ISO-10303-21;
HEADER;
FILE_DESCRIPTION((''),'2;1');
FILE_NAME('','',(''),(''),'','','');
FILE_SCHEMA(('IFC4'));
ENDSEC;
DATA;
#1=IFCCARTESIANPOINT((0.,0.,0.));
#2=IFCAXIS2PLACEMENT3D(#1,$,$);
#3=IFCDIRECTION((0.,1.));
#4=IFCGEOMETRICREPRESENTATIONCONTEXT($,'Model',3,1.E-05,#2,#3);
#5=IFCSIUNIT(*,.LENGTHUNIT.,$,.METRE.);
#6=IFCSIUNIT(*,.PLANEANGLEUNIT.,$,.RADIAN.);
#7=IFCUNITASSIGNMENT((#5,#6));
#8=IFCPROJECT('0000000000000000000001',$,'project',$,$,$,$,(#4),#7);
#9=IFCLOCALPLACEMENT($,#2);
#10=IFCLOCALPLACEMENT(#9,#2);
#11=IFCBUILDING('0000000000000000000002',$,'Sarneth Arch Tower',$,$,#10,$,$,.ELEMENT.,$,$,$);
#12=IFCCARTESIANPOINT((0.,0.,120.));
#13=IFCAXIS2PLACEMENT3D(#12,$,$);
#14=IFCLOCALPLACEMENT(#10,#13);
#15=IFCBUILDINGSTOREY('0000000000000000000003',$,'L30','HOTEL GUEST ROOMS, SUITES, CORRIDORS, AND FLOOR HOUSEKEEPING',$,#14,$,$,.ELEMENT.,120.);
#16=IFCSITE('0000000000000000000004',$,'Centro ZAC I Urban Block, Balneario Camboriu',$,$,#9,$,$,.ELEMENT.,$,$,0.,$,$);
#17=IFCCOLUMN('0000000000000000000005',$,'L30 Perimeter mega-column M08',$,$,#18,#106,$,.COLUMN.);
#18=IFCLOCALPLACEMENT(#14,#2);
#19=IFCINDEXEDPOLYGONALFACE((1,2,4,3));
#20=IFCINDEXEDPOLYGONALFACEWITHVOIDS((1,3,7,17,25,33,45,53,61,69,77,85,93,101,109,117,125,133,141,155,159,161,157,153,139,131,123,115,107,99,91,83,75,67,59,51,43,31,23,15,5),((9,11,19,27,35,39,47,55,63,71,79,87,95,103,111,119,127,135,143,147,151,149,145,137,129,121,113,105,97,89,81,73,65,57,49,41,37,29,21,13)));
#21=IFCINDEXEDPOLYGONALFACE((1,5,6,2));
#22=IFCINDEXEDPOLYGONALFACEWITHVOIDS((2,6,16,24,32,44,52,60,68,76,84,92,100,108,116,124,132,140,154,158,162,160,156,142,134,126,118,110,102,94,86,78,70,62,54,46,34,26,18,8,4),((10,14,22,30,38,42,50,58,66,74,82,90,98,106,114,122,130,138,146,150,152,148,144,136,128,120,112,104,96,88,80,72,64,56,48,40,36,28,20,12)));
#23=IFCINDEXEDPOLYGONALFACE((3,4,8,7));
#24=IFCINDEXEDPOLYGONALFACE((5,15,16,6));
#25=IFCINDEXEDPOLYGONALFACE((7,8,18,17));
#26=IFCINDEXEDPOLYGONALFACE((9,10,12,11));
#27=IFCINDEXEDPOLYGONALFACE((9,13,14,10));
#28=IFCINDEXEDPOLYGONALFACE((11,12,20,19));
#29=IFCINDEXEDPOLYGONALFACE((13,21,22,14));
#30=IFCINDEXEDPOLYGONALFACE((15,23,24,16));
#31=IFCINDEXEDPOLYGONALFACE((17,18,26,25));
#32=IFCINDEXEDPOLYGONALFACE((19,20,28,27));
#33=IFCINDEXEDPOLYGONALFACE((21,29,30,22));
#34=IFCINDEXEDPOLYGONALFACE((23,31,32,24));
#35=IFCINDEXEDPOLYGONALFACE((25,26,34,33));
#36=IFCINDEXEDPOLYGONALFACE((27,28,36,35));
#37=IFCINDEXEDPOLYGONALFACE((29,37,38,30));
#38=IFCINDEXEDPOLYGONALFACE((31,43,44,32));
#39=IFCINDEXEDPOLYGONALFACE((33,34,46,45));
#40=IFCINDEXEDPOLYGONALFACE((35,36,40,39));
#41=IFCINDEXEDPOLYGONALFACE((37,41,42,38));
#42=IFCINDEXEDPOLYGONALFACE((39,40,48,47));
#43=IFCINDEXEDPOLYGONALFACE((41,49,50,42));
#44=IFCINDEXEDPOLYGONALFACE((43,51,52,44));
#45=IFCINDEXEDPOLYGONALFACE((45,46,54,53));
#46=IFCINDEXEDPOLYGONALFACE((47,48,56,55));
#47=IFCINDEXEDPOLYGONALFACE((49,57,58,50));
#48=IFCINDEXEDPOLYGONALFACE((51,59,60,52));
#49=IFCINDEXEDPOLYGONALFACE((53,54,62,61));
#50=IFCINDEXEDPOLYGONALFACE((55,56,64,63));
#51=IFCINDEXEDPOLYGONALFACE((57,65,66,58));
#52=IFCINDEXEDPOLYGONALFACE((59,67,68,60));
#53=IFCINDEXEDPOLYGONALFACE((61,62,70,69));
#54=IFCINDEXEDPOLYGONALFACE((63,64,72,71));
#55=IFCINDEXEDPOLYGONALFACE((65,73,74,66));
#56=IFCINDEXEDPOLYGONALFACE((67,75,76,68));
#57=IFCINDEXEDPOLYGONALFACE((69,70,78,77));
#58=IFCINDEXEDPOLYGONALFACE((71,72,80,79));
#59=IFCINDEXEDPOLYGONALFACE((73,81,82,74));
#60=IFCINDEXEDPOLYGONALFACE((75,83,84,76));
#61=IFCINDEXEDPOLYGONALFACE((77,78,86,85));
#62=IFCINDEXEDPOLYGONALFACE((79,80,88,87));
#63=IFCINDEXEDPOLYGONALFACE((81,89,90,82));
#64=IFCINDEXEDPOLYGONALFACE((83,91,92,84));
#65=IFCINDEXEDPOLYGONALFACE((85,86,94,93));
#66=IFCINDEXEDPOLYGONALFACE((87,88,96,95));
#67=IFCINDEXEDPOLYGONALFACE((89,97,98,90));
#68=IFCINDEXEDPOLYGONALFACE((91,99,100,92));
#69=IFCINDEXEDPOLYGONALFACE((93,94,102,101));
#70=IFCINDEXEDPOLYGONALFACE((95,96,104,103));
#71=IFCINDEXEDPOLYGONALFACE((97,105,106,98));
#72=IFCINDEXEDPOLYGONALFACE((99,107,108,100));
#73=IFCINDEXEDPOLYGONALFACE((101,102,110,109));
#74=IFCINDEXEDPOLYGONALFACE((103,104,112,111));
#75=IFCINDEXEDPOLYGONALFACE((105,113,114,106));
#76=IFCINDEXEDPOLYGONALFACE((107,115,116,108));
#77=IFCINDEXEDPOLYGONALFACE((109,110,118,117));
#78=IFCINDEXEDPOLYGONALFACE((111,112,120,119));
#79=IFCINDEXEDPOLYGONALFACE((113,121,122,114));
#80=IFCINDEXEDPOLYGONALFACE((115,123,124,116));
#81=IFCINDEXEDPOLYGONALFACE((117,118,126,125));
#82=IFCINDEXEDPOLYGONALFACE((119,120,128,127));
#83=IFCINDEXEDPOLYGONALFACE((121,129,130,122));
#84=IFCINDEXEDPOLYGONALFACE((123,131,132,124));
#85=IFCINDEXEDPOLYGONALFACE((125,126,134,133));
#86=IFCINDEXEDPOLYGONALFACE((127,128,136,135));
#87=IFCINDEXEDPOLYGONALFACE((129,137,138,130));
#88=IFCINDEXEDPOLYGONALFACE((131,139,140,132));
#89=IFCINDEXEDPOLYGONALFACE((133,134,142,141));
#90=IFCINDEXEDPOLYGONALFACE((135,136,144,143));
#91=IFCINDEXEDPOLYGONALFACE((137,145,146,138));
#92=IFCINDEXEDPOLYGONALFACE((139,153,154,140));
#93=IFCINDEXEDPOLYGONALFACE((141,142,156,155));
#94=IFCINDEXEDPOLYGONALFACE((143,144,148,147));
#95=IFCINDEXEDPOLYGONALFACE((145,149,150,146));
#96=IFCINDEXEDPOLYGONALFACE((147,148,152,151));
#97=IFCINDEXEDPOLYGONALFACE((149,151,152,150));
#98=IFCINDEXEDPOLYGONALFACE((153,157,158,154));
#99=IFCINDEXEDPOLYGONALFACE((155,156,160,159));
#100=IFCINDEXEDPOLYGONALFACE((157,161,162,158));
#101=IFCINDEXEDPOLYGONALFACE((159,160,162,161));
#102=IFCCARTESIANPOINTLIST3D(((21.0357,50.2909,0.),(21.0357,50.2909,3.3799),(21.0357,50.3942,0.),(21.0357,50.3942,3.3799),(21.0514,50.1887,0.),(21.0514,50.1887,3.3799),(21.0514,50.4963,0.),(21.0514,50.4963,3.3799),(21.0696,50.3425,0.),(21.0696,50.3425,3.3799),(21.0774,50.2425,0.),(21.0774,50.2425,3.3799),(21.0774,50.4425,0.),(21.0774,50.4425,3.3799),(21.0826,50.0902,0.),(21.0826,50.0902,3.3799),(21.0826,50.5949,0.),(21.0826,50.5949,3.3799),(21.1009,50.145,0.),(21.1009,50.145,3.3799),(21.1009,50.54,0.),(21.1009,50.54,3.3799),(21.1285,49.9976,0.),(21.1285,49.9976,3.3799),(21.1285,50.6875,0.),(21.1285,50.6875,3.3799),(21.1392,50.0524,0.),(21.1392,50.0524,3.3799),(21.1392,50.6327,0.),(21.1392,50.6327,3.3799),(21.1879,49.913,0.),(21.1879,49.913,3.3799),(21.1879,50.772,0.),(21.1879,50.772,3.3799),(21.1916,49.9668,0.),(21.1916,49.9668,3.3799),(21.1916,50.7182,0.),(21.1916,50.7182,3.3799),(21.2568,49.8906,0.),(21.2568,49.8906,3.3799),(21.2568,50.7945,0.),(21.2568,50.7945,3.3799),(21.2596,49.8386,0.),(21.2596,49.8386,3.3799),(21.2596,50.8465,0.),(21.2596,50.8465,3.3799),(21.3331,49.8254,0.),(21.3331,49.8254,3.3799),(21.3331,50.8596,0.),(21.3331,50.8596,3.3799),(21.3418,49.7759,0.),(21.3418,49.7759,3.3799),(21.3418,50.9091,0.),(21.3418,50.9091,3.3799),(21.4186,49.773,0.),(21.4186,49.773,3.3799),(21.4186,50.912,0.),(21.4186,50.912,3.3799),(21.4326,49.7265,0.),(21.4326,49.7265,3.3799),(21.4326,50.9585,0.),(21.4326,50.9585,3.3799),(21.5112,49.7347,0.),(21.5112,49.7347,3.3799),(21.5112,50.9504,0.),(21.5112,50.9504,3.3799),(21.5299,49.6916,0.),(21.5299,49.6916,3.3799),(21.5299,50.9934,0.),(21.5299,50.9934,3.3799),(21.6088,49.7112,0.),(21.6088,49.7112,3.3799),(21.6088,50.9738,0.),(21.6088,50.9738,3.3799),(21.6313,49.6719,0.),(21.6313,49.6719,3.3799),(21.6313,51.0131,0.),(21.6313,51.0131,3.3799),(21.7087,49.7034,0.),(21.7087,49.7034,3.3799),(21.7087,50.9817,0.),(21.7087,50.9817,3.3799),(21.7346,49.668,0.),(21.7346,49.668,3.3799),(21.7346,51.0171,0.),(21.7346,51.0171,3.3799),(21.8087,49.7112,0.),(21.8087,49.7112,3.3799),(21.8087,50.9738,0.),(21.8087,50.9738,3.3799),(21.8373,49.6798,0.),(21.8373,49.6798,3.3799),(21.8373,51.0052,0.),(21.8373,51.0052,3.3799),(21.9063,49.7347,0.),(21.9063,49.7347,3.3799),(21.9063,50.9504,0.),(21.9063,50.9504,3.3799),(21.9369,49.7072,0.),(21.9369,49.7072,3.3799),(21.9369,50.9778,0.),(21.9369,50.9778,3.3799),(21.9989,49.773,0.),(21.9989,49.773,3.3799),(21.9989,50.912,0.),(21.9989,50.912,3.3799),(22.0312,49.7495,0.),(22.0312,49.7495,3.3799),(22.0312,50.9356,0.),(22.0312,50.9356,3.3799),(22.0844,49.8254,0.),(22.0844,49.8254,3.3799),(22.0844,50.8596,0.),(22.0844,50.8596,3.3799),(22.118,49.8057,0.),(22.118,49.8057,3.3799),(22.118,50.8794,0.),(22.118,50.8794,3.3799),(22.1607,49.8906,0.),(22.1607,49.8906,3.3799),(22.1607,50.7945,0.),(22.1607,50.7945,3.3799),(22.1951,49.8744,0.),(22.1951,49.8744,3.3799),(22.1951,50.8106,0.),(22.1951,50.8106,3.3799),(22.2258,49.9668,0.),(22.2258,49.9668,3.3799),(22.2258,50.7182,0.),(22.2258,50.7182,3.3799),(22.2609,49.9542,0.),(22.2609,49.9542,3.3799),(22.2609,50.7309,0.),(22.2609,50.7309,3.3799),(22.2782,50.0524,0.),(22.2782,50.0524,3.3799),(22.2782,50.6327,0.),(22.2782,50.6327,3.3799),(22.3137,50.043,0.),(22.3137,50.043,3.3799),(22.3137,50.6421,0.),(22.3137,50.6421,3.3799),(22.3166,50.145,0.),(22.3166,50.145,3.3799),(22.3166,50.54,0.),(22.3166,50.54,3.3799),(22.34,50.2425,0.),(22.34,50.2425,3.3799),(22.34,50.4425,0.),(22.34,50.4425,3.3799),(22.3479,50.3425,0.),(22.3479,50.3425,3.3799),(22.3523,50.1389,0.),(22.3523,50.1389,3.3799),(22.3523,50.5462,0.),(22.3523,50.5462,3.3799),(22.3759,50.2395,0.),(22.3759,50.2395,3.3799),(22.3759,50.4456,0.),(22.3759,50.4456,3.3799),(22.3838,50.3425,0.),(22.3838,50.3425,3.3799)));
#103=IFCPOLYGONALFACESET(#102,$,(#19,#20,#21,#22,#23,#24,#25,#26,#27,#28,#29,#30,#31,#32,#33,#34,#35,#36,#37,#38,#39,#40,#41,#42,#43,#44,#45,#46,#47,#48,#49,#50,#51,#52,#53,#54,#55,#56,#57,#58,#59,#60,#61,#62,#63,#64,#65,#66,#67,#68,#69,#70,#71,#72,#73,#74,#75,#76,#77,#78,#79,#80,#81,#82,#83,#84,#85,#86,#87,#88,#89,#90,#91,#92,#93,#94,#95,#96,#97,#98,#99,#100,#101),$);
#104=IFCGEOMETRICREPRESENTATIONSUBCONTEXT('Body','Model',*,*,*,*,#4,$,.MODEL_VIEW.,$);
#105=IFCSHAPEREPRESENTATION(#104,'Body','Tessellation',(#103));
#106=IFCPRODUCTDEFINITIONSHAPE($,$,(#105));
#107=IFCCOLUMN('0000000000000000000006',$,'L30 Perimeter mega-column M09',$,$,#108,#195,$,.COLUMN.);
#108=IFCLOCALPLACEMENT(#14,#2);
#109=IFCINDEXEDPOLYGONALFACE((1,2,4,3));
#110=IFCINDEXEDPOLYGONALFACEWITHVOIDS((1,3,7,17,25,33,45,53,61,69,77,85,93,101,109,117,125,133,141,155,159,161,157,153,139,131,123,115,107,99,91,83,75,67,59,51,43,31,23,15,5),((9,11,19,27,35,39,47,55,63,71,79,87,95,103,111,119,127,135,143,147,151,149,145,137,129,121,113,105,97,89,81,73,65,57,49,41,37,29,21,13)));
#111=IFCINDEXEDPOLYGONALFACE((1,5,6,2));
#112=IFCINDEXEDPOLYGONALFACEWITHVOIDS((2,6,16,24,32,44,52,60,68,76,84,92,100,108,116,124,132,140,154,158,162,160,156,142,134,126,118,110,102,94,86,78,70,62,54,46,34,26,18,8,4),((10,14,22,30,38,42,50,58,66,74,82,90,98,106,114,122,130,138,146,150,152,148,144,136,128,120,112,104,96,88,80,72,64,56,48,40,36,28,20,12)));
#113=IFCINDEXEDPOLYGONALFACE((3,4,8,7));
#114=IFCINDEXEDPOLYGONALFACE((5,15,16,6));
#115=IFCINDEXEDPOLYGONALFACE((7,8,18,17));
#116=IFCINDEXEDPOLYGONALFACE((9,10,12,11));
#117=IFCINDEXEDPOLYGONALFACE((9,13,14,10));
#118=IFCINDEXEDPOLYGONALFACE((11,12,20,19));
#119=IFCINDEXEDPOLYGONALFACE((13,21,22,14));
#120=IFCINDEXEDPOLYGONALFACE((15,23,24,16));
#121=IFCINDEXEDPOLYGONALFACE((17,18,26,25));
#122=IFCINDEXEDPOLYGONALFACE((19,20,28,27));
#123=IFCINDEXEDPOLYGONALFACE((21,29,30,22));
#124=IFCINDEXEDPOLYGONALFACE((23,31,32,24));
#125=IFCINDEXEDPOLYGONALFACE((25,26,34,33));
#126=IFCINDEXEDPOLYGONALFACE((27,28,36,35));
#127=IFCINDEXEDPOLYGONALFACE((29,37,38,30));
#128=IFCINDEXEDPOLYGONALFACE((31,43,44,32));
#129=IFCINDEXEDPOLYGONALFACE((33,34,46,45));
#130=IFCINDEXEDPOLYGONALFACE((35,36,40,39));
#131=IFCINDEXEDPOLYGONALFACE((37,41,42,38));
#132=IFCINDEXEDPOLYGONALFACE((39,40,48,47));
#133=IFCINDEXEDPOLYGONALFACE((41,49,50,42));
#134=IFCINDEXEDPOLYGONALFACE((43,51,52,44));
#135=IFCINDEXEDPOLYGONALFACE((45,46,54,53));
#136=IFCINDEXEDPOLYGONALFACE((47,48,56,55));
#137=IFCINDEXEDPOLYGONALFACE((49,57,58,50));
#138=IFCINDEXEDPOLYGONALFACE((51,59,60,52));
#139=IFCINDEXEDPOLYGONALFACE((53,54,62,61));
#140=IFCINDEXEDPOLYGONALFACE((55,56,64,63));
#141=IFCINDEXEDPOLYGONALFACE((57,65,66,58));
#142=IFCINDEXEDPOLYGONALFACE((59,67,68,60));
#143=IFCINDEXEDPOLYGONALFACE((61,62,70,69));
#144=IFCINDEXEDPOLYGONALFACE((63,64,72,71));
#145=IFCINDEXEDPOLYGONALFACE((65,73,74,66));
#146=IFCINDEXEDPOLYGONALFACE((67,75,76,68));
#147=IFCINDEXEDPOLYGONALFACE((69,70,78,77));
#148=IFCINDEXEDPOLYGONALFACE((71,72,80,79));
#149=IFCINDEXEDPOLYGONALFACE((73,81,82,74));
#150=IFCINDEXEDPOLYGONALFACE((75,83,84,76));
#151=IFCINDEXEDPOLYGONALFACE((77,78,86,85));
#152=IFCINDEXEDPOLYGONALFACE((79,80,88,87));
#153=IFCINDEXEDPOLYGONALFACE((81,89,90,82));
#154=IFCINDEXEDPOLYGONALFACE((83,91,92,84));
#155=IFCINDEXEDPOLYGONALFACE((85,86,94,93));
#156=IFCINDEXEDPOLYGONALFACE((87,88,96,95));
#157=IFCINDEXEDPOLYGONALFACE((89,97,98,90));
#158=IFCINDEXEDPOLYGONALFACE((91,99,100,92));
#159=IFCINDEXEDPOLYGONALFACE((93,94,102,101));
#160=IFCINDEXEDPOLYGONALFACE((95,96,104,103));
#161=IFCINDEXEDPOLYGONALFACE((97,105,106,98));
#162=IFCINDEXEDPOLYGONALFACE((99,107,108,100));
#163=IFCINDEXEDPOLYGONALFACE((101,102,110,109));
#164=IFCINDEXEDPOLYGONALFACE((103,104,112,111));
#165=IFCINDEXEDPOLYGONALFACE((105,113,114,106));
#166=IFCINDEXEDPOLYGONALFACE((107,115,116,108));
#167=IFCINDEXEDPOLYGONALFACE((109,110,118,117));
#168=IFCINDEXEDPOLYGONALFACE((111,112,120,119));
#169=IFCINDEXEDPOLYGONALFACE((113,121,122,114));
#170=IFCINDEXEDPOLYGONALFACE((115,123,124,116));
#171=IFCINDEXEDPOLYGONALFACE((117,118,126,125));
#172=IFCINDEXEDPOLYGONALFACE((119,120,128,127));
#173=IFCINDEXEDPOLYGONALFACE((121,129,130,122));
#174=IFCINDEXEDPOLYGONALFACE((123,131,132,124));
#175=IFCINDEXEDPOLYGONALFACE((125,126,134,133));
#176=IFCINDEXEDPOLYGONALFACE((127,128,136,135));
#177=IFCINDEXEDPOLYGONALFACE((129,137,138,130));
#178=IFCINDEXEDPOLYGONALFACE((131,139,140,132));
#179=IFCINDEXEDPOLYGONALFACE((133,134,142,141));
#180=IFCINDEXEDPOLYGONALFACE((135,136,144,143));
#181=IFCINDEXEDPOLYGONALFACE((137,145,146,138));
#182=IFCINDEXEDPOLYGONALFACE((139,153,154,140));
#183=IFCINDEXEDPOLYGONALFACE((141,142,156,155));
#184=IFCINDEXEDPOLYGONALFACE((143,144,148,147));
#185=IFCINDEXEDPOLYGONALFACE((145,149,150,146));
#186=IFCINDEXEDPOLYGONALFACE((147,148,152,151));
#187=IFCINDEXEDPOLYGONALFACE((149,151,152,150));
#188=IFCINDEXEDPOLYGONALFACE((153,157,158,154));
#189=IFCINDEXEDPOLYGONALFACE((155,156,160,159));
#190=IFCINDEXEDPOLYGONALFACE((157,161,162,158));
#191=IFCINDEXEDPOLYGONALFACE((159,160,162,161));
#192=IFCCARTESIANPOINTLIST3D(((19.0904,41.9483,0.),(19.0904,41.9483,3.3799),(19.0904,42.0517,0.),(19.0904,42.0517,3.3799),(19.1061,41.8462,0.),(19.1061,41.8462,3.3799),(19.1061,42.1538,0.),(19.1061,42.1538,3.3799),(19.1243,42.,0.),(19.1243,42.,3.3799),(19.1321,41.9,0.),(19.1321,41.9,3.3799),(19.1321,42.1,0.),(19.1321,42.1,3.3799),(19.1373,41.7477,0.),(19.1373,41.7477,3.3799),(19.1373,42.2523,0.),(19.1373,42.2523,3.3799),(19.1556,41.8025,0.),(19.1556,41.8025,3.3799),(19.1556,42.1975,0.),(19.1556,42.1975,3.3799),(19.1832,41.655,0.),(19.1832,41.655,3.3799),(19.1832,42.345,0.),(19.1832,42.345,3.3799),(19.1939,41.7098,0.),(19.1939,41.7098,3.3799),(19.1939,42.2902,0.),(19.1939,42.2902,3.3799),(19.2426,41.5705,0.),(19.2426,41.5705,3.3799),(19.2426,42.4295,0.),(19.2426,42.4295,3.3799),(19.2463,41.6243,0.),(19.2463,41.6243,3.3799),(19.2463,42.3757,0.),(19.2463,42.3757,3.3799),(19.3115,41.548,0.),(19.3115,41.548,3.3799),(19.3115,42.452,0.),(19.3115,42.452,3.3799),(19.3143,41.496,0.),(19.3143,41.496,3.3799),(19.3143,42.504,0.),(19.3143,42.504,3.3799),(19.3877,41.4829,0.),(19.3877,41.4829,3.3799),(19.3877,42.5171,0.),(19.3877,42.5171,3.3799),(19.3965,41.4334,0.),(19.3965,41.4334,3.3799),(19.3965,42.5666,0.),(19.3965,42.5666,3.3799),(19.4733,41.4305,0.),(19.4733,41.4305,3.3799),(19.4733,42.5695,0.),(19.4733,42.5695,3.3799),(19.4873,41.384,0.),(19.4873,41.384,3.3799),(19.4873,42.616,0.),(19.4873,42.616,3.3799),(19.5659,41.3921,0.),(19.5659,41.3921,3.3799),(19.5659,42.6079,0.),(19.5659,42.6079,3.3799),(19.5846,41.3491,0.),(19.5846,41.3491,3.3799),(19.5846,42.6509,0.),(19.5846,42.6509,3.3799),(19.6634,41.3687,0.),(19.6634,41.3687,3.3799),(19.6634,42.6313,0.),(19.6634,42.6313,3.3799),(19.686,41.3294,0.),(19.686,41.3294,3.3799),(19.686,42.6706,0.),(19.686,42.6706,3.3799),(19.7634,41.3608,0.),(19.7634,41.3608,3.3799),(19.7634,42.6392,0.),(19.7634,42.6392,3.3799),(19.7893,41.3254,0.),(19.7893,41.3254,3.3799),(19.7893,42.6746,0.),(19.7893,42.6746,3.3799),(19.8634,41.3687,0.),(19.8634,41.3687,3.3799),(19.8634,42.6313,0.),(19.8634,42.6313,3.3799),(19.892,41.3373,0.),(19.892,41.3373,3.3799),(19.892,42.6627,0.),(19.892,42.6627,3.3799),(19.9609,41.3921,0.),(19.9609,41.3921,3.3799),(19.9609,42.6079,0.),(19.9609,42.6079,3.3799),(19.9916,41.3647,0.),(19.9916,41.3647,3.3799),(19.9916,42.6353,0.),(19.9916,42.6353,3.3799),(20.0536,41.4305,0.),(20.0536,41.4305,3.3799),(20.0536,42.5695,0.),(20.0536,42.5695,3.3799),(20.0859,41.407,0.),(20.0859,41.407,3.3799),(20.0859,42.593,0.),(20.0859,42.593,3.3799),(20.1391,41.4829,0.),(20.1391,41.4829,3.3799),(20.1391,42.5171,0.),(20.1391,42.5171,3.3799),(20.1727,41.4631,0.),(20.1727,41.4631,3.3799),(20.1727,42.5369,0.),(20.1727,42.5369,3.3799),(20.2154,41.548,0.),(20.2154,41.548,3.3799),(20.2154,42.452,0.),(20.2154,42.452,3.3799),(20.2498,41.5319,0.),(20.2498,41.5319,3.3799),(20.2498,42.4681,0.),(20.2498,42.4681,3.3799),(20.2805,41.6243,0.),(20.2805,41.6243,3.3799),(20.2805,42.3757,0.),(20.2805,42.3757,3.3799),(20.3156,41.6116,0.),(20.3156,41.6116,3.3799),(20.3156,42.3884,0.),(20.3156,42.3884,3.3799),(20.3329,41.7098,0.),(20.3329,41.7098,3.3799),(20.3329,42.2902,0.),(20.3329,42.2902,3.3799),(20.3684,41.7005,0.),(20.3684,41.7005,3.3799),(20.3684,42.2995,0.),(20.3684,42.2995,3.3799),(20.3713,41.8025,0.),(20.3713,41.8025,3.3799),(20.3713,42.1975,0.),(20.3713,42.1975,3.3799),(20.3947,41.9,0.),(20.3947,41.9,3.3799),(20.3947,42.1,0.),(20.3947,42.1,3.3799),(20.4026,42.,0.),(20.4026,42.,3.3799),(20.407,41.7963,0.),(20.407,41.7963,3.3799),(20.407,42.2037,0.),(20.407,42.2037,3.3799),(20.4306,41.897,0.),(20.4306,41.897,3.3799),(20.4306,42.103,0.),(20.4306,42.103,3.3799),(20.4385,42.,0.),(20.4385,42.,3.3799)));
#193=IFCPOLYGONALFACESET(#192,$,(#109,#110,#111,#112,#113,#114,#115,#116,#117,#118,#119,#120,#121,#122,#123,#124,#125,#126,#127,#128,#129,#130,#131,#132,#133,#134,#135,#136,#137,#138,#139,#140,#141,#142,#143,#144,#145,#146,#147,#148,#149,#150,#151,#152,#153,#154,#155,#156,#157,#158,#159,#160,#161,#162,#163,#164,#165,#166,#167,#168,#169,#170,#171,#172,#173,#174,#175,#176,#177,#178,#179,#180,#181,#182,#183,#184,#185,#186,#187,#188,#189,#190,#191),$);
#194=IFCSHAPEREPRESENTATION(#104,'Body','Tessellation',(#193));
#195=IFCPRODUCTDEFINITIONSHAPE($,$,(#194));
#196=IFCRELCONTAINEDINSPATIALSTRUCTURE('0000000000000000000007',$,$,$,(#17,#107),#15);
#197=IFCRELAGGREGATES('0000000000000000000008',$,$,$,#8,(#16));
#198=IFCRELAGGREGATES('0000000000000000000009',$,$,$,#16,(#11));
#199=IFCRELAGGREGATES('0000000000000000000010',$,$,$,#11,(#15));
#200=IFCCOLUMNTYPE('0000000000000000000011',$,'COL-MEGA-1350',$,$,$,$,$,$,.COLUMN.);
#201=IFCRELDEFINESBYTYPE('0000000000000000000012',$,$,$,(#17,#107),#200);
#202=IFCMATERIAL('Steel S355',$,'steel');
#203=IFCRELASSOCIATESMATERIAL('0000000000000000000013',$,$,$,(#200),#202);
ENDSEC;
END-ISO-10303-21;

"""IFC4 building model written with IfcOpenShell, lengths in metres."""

from ifc_helpers import new_model, si_unit, direction, frame, origin, origin_2d, place, context, subcontext, project, spatial, hollow_circle, extrude, material, material_profile, profile_set, type_object, element, save


model = new_model("IFC4")

# Units and contexts
model_context = context("Model", 3, precision=1e-05, world=origin(), true_north=direction((0.0, 1.0)))
body_context = subcontext(model_context, "Body", "Model", "MODEL_VIEW")
ifc_project = project(units=[si_unit("LENGTHUNIT", "METRE"), si_unit("PLANEANGLEUNIT", "RADIAN")], contexts=[model_context])

# Site, building, storey
site_placement = place(None, origin())
site = spatial("IfcSite", under=ifc_project, at=site_placement, Name="Centro ZAC I Urban Block, Balneario Camboriu", CompositionType="ELEMENT", RefElevation=0.0)
building_placement = place(site_placement, origin())
building = spatial("IfcBuilding", under=site, at=building_placement, Name="Sarneth Arch Tower", CompositionType="ELEMENT")
storey_placement = place(building_placement, frame((0.0, 0.0, 120.0)))
storey = spatial("IfcBuildingStorey", under=building, at=storey_placement, Name="L30", Description="HOTEL GUEST ROOMS, SUITES, CORRIDORS, AND FLOOR HOUSEKEEPING", CompositionType="ELEMENT", Elevation=120.0)

# Columns
ifc_material_1 = material(Name="Steel S355", Category="steel")
ifc_material_profile_1 = material_profile(ifc_material_1, hollow_circle(Radius=0.675, WallThickness=0.0359, at=origin_2d()), Name="CHS1350x36")
ifc_profile_set_1 = profile_set([ifc_material_profile_1], Name="Steel S355")
column_type = type_object("IfcColumnType", Name="COL-MEGA-1350", PredefinedType="COLUMN", material=ifc_profile_set_1)
for number, where, z_axis, x_axis, name in (
    (1, (21.7087, 50.3425, 0.0), (0.0, 0.0, 1.0), (1.0, 0.0, 0.0), "L30 Perimeter mega-column M08"),
    (2, (19.7634, 42.0, 0.0), (0.0, 0.0, 1.0), (1.0, 0.0, 0.0), "L30 Perimeter mega-column M09"),
):
    element("IfcColumn", number, at=place(storey_placement, frame(where, z_axis=z_axis, x_axis=x_axis)), inside=storey, type_object=column_type, Name=name, PredefinedType="COLUMN", context=body_context, shape_type="SweptSolid", body=[
        extrude(hollow_circle(Radius=0.675, WallThickness=0.0359, at=origin_2d()), origin(), (0.0, 0.0, 1.0), 3.3799),
    ])

save(model, "model.ifc")
